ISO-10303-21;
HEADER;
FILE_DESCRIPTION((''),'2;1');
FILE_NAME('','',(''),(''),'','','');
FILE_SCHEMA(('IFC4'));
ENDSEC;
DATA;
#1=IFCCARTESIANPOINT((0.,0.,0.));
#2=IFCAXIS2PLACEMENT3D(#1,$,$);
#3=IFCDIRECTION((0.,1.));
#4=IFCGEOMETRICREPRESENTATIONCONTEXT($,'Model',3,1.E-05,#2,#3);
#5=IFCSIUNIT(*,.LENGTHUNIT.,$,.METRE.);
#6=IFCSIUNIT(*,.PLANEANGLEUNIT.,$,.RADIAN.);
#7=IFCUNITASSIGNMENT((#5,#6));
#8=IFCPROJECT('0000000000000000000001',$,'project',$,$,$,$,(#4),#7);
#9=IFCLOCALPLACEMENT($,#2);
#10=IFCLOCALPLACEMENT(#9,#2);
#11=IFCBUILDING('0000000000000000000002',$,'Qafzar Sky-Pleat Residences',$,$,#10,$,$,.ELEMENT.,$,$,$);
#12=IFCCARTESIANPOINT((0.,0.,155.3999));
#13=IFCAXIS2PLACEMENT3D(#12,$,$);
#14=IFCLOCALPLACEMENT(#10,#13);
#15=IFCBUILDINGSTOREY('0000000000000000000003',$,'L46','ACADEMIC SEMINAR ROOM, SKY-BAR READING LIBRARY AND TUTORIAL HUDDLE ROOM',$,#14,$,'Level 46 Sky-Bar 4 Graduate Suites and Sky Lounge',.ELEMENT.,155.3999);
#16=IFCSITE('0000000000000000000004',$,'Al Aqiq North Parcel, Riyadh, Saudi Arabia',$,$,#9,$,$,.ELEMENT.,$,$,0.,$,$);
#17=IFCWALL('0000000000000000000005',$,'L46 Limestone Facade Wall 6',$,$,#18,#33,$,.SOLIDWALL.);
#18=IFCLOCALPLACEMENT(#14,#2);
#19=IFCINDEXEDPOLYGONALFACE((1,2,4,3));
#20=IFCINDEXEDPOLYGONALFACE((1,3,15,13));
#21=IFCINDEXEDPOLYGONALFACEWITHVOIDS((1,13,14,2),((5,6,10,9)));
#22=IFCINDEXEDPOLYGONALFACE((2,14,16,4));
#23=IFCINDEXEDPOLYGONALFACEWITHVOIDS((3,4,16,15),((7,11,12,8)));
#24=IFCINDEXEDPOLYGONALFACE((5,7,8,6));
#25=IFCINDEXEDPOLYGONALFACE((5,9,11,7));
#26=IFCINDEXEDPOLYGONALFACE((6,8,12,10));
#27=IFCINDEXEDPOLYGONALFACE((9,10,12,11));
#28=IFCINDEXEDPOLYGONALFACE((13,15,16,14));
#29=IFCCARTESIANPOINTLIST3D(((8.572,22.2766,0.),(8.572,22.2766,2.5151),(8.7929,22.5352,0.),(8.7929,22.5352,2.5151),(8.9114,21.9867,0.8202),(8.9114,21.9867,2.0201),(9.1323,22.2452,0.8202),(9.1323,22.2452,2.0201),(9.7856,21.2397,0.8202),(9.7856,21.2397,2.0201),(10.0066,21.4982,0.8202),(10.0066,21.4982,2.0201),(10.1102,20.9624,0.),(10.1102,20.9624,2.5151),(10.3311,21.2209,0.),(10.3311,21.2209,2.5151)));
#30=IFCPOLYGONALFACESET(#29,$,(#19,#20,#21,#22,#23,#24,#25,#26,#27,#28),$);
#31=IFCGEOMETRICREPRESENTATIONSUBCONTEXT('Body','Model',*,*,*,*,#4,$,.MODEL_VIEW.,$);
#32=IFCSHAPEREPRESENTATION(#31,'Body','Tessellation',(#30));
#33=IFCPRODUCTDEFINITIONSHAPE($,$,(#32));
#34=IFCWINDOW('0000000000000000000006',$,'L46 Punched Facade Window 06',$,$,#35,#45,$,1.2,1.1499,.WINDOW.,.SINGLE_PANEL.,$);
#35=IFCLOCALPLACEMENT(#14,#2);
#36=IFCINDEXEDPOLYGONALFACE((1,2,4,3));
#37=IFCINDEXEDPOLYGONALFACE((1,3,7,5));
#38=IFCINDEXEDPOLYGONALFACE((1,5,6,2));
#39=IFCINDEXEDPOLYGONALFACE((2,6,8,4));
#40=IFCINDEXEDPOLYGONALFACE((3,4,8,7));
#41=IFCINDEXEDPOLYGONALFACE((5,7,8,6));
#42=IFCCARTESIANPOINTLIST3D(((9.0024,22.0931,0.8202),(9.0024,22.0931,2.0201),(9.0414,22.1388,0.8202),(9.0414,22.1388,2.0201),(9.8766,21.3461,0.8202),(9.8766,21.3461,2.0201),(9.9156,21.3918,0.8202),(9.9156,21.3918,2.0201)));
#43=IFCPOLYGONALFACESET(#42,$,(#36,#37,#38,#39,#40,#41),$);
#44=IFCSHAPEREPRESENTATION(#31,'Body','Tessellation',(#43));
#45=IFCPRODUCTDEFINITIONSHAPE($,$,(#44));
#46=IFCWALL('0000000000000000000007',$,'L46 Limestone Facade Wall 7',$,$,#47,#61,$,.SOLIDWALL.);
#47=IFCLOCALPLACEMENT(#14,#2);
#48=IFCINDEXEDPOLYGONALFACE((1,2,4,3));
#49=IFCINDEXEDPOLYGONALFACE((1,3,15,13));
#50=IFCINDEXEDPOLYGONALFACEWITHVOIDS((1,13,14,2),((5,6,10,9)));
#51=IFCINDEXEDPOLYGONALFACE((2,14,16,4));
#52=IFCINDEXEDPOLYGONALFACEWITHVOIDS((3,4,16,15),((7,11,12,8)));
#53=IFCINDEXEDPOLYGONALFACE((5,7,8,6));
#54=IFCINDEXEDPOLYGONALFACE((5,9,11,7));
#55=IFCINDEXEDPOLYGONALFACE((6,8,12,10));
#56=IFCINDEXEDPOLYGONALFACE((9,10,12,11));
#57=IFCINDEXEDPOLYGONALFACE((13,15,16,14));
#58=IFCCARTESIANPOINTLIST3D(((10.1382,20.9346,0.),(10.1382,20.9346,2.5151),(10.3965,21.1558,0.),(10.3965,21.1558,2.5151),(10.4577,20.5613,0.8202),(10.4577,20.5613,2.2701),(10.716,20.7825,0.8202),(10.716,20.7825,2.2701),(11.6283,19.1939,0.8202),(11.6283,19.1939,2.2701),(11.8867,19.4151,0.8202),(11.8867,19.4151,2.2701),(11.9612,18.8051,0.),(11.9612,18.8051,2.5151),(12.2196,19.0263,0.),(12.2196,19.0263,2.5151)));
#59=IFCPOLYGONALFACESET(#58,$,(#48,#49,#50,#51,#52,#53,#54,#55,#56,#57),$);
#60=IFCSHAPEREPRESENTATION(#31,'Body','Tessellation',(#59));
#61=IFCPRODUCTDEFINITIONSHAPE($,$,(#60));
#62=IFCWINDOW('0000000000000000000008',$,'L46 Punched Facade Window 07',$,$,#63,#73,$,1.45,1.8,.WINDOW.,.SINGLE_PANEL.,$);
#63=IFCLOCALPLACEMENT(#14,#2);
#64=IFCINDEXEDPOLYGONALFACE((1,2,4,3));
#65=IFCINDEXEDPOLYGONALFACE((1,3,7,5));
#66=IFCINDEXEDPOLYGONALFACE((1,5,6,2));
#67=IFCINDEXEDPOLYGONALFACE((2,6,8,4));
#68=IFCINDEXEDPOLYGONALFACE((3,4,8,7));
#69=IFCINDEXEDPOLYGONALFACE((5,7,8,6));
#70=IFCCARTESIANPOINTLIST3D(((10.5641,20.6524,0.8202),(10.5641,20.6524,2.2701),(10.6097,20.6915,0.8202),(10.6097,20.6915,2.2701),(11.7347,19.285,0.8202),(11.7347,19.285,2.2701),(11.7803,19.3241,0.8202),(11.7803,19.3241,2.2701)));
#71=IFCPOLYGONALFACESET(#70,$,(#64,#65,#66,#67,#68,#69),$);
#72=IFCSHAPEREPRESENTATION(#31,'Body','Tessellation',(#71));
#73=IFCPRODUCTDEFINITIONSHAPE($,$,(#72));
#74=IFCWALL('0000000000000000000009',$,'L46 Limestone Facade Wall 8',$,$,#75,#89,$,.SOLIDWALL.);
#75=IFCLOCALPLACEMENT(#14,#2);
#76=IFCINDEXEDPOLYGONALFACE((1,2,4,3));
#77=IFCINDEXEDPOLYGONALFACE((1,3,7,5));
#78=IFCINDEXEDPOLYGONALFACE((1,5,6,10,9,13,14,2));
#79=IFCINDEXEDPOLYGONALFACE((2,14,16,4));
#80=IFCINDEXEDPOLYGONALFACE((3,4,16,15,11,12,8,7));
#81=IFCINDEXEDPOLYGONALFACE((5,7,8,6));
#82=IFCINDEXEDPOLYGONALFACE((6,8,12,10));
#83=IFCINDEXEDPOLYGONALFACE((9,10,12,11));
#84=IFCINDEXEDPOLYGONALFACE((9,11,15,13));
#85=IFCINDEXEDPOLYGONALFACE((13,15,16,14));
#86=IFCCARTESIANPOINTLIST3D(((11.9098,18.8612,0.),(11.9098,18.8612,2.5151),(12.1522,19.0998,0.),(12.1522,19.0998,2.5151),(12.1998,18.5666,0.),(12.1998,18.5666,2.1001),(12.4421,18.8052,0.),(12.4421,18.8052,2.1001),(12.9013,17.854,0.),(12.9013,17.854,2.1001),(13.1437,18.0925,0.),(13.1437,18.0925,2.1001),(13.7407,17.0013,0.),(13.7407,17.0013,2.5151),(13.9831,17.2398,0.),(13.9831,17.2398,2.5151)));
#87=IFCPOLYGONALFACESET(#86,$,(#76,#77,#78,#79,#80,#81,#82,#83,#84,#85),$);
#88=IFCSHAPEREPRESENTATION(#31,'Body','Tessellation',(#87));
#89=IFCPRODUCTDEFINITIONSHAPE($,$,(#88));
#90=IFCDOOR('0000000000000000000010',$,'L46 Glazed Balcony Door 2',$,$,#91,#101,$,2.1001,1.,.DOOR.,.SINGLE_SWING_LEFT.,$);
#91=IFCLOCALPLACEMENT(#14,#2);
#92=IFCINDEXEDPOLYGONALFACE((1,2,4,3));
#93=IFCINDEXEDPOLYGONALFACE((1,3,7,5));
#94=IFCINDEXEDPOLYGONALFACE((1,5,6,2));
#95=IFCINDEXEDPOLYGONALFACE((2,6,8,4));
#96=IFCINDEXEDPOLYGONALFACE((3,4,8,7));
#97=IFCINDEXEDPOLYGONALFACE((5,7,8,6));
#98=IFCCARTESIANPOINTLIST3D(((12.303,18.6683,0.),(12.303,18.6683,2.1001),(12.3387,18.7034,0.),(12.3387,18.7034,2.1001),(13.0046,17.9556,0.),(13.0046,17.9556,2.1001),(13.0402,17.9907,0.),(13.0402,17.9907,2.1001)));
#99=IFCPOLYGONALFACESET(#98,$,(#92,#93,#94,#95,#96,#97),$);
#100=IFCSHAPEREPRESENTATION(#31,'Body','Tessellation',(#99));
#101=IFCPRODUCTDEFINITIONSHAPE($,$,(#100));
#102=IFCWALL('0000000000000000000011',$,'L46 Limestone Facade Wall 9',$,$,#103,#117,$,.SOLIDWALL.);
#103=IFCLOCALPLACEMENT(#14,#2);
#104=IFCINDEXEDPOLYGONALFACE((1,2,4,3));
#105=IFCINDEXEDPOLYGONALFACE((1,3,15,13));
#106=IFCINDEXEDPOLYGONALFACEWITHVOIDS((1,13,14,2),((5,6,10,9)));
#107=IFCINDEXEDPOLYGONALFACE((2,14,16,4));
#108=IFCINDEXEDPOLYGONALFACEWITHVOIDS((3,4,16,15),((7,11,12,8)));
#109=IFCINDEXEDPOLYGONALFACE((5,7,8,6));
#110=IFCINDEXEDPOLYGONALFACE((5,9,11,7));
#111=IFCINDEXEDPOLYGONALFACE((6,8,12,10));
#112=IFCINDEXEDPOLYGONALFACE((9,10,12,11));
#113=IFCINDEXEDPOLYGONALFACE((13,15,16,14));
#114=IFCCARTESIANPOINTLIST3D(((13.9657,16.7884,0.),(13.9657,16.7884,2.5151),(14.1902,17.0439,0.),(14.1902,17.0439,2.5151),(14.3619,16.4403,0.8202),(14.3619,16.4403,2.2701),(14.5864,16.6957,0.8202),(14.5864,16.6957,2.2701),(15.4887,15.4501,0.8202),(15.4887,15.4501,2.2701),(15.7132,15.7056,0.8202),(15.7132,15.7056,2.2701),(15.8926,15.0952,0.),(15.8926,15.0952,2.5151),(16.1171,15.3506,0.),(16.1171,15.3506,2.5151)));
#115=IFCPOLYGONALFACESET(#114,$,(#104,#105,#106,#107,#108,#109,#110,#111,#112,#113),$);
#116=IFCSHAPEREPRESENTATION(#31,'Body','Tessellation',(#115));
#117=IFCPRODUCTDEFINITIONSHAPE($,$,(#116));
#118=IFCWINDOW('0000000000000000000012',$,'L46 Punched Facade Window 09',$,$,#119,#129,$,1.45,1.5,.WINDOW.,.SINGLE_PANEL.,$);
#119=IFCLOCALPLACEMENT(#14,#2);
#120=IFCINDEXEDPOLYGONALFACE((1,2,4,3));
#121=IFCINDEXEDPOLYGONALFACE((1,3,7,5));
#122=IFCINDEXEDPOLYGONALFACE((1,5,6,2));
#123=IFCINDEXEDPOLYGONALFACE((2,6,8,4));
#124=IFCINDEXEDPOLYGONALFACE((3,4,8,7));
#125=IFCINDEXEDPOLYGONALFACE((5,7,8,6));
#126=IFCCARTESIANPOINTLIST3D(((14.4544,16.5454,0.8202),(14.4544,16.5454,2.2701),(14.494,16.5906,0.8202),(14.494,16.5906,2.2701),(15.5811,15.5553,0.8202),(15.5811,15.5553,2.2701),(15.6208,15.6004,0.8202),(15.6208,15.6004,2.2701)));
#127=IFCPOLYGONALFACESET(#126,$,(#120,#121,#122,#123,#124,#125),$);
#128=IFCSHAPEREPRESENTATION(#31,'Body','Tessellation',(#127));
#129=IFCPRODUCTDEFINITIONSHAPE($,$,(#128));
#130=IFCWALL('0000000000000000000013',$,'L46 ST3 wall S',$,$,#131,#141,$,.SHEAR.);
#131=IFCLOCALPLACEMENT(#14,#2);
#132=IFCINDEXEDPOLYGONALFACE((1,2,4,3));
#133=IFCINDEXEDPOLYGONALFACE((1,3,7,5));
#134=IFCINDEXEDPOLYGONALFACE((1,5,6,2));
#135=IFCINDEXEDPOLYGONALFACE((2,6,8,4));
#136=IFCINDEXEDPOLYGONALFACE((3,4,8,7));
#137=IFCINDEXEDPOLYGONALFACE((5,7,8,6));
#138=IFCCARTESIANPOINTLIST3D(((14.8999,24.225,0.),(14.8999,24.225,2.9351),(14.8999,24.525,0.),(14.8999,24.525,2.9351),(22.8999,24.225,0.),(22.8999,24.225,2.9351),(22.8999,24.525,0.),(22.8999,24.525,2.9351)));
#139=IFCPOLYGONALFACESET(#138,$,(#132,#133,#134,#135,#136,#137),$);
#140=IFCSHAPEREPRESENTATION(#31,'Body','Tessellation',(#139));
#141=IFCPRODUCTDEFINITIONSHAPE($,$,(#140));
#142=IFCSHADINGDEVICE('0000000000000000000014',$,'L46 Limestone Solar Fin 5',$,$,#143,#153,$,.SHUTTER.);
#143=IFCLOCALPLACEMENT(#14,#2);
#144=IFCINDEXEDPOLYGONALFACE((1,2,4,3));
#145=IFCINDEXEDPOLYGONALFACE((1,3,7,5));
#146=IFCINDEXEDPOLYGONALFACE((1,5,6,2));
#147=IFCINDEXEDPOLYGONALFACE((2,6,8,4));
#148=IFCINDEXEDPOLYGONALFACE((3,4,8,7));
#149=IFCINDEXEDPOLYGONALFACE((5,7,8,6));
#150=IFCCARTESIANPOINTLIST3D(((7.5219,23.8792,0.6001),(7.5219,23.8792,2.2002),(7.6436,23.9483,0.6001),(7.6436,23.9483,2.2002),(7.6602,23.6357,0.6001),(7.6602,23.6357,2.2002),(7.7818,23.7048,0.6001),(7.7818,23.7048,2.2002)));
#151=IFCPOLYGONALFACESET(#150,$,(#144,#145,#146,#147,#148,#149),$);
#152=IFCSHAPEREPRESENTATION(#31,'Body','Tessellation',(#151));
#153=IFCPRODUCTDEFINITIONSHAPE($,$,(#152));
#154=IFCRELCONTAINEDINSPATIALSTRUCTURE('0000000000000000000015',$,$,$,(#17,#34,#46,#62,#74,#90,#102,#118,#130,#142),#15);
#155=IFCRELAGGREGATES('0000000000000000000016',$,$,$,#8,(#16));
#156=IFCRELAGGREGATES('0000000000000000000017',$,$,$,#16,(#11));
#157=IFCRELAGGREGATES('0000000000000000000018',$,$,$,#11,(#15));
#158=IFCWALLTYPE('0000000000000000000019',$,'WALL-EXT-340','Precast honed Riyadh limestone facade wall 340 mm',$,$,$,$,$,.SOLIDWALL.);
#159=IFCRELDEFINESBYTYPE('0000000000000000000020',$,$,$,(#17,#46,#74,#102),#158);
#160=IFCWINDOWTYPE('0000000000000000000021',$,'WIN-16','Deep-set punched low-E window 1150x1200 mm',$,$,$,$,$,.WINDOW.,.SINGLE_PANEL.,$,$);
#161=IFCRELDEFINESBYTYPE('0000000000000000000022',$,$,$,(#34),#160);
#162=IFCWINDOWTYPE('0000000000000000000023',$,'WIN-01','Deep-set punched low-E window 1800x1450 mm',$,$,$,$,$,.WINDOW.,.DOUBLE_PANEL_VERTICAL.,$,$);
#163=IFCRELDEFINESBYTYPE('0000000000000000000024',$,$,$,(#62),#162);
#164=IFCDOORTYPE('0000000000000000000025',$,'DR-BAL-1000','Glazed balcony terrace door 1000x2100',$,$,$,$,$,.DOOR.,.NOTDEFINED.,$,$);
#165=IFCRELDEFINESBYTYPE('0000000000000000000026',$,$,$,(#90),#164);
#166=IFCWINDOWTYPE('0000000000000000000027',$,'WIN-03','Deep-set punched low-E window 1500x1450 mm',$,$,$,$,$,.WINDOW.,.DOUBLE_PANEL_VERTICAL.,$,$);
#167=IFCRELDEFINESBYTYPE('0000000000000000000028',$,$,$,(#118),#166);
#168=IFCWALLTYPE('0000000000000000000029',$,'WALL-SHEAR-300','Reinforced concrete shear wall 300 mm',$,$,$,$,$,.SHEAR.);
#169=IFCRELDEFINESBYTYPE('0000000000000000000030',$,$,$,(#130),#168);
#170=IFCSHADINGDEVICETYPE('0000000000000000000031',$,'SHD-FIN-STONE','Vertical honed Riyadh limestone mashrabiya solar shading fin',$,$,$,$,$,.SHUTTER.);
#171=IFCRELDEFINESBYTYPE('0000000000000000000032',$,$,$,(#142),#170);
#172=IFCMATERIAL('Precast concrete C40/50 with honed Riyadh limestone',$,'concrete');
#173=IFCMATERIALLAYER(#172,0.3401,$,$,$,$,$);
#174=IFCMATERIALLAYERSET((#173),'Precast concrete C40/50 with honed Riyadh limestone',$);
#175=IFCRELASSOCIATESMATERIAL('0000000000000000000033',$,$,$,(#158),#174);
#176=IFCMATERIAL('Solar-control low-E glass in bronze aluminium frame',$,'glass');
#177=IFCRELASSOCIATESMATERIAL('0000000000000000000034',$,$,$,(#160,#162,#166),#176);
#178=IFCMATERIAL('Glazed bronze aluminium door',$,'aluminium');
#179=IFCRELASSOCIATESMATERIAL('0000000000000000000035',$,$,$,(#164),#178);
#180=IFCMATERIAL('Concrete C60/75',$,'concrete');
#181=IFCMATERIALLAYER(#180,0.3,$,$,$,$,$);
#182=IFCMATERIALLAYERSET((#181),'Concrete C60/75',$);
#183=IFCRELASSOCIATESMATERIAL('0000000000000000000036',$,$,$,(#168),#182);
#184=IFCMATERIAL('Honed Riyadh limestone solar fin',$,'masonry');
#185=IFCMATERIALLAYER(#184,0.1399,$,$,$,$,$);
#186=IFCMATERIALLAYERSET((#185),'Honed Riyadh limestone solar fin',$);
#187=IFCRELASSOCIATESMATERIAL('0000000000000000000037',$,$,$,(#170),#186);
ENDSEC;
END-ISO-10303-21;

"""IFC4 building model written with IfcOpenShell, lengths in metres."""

from ifc_helpers import new_model, si_unit, direction, frame, frame_2d, origin, origin_2d, place, context, subcontext, project, spatial, rectangle, extrude, source, transform, mapped, material, layer, layer_set, type_object, element, fill, save


model = new_model("IFC4")

# Units and contexts
model_context = context("Model", 3, precision=1e-05, world=origin(), true_north=direction((0.0, 1.0)))
body_context = subcontext(model_context, "Body", "Model", "MODEL_VIEW")
ifc_project = project(units=[si_unit("LENGTHUNIT", "METRE"), si_unit("PLANEANGLEUNIT", "RADIAN")], contexts=[model_context])

# Site, building, storey
site_placement = place(None, origin())
site = spatial("IfcSite", under=ifc_project, at=site_placement, Name="Al Aqiq North Parcel, Riyadh, Saudi Arabia", CompositionType="ELEMENT", RefElevation=0.0)
building_placement = place(site_placement, origin())
building = spatial("IfcBuilding", under=site, at=building_placement, Name="Qafzar Sky-Pleat Residences", CompositionType="ELEMENT")
storey_placement = place(building_placement, frame((0.0, 0.0, 155.3999)))
storey = spatial("IfcBuildingStorey", under=building, at=storey_placement, Name="L46", Description="ACADEMIC SEMINAR ROOM, SKY-BAR READING LIBRARY AND TUTORIAL HUDDLE ROOM", LongName="Level 46 Sky-Bar 4 Graduate Suites and Sky Lounge", CompositionType="ELEMENT", Elevation=155.3999)

# Shared definitions
ifc_material_1 = material(Name="Concrete C60/75", Category="concrete")

# Walls, openings, windows
ifc_material_2 = material(Name="Precast concrete C40/50 with honed Riyadh limestone", Category="concrete")
ifc_layer_1 = layer(ifc_material_2, 0.3401)
ifc_layer_set_1 = layer_set([ifc_layer_1], Name="Precast concrete C40/50 with honed Riyadh limestone")
wall_type_1 = type_object("IfcWallType", Name="WALL-EXT-340", Description="Precast honed Riyadh limestone facade wall 340 mm", PredefinedType="SOLIDWALL", material=ifc_layer_set_1)
ifc_material_3 = material(Name="Solar-control low-E glass in bronze aluminium frame", Category="glass")
wall_1_placement = place(storey_placement, frame((8.6824, 22.406, 0.0), z_axis=(0.0, 0.0, 1.0), x_axis=(0.760269, -0.649608, 0.0)))
wall_1 = element("IfcWall", 1, at=wall_1_placement, inside=storey, type_object=wall_type_1, Name="L46 Limestone Facade Wall 6", PredefinedType="SOLIDWALL", context=body_context, shape_type="SweptSolid", body=[
    extrude(rectangle(XDim=2.0232, YDim=0.3401, at=frame_2d((1.0117, 0.0))), origin(), (0.0, 0.0, 1.0), 2.5151),
])
opening_1_placement = place(wall_1_placement, frame((0.4465, 0.0, 0.8201)))
opening_1 = element("IfcOpeningElement", 2, at=opening_1_placement, cuts=wall_1, PredefinedType="OPENING", context=body_context, shape_type="SweptSolid", body=[
    extrude(rectangle(XDim=1.1499, YDim=1.2, at=frame_2d((0.575, 0.6001))), frame((0.0, 0.1802, 0.0), z_axis=(0.0, -1.0, 0.0), x_axis=(1.0, 0.0, 0.0)), (0.0, 0.0, 1.0), 0.3601),
])
window_type_1 = type_object("IfcWindowType", Name="WIN-16", Description="Deep-set punched low-E window 1150x1200 mm", PartitioningType="SINGLE_PANEL", PredefinedType="WINDOW", material=ifc_material_3)
shared_shape_1 = source(origin(), body_context, "Body", "SweptSolid", [
    extrude(rectangle(XDim=1.1499, YDim=1.2, at=frame_2d((0.575, 0.6001))), frame((0.0, 0.03, 0.0), z_axis=(0.0, -1.0, 0.0), x_axis=(1.0, 0.0, 0.0)), (0.0, 0.0, 1.0), 0.0601),
])
window_1_placement = place(opening_1_placement, origin())
window_1 = element("IfcWindow", 3, at=window_1_placement, inside=storey, type_object=window_type_1, Name="L46 Punched Facade Window 06", OverallHeight=1.2, OverallWidth=1.1499, PartitioningType="SINGLE_PANEL", PredefinedType="WINDOW", context=body_context, shape_type="MappedRepresentation", body=[
    mapped(shared_shape_1, transform((0.0, 0.0, 0.0), x_axis=(1.0, 0.0, 0.0), y_axis=(0.0, 1.0, 0.0), z_axis=(0.0, 0.0, 1.0), scale=1.0)),
])
fill(opening_1, window_1)
wall_2_placement = place(storey_placement, frame((10.2673, 21.0452, 0.0), z_axis=(0.0, 0.0, 1.0), x_axis=(0.650339, -0.759644, 0.0)))
wall_2 = element("IfcWall", 4, at=wall_2_placement, inside=storey, type_object=wall_type_1, Name="L46 Limestone Facade Wall 7", PredefinedType="SOLIDWALL", context=body_context, shape_type="SweptSolid", body=[
    extrude(rectangle(XDim=2.8032, YDim=0.3401, at=frame_2d((1.4016, 0.0))), origin(), (0.0, 0.0, 1.0), 2.5151),
])
opening_2_placement = place(wall_2_placement, frame((0.4915, 0.0, 0.8201)))
opening_2 = element("IfcOpeningElement", 5, at=opening_2_placement, cuts=wall_2, PredefinedType="OPENING", context=body_context, shape_type="SweptSolid", body=[
    extrude(rectangle(XDim=1.8, YDim=1.45, at=frame_2d((0.8999, 0.7251))), frame((0.0, 0.1802, 0.0), z_axis=(0.0, -1.0, 0.0), x_axis=(1.0, 0.0, 0.0)), (0.0, 0.0, 1.0), 0.3601),
])
window_type_2 = type_object("IfcWindowType", Name="WIN-01", Description="Deep-set punched low-E window 1800x1450 mm", PartitioningType="DOUBLE_PANEL_VERTICAL", PredefinedType="WINDOW", material=ifc_material_3)
shared_shape_2 = source(origin(), body_context, "Body", "SweptSolid", [
    extrude(rectangle(XDim=1.8, YDim=1.45, at=frame_2d((0.8999, 0.7251))), frame((0.0, 0.03, 0.0), z_axis=(0.0, -1.0, 0.0), x_axis=(1.0, 0.0, 0.0)), (0.0, 0.0, 1.0), 0.0601),
])
window_2_placement = place(opening_2_placement, origin())
window_2 = element("IfcWindow", 6, at=window_2_placement, inside=storey, type_object=window_type_2, Name="L46 Punched Facade Window 07", OverallHeight=1.45, OverallWidth=1.8, PartitioningType="SINGLE_PANEL", PredefinedType="WINDOW", context=body_context, shape_type="MappedRepresentation", body=[
    mapped(shared_shape_2, transform((0.0, 0.0, 0.0), x_axis=(1.0, 0.0, 0.0), y_axis=(0.0, 1.0, 0.0), z_axis=(0.0, 0.0, 1.0), scale=1.0)),
])
fill(opening_2, window_2)

# Wall, opening, door
wall_3_placement = place(storey_placement, frame((12.031, 18.9805, 0.0), z_axis=(0.0, 0.0, 1.0), x_axis=(0.701519, -0.712651, 0.0)))
wall_3 = element("IfcWall", 7, at=wall_3_placement, inside=storey, type_object=wall_type_1, Name="L46 Limestone Facade Wall 8", PredefinedType="SOLIDWALL", context=body_context, shape_type="SweptSolid", body=[
    extrude(rectangle(XDim=2.6099, YDim=0.3401, at=frame_2d((1.3049, 0.0))), origin(), (0.0, 0.0, 1.0), 2.5151),
])
opening_3_placement = place(wall_3_placement, frame((0.4133, 0.0, 0.0)))
opening_3 = element("IfcOpeningElement", 8, at=opening_3_placement, cuts=wall_3, PredefinedType="OPENING", context=body_context, shape_type="SweptSolid", body=[
    extrude(rectangle(XDim=1.0, YDim=2.1001, at=frame_2d((0.5, 1.05))), frame((0.0, 0.1802, 0.0), z_axis=(0.0, -1.0, 0.0), x_axis=(1.0, 0.0, 0.0)), (0.0, 0.0, 1.0), 0.3601),
])
ifc_material_4 = material(Name="Glazed bronze aluminium door", Category="aluminium")
door_type = type_object("IfcDoorType", Name="DR-BAL-1000", Description="Glazed balcony terrace door 1000x2100", OperationType="NOTDEFINED", PredefinedType="DOOR", material=ifc_material_4)
shared_shape_3 = source(origin(), body_context, "Body", "SweptSolid", [
    extrude(rectangle(XDim=1.0, YDim=2.1001, at=frame_2d((0.5, 1.05))), frame((0.0, 0.0249, 0.0), z_axis=(0.0, -1.0, 0.0), x_axis=(1.0, 0.0, 0.0)), (0.0, 0.0, 1.0), 0.05),
])
door_placement = place(opening_3_placement, origin())
door = element("IfcDoor", 9, at=door_placement, inside=storey, type_object=door_type, Name="L46 Glazed Balcony Door 2", OperationType="SINGLE_SWING_LEFT", OverallHeight=2.1001, OverallWidth=1.0, PredefinedType="DOOR", context=body_context, shape_type="MappedRepresentation", body=[
    mapped(shared_shape_3, transform((0.0, 0.0, 0.0), x_axis=(1.0, 0.0, 0.0), y_axis=(0.0, 1.0, 0.0), z_axis=(0.0, 0.0, 1.0), scale=1.0)),
])
fill(opening_3, door)

# Wall, opening, window
wall_4_placement = place(storey_placement, frame((14.0779, 16.9163, 0.0), z_axis=(0.0, 0.0, 1.0), x_axis=(0.751178, -0.6601, 0.0)))
wall_4 = element("IfcWall", 10, at=wall_4_placement, inside=storey, type_object=wall_type_1, Name="L46 Limestone Facade Wall 9", PredefinedType="SOLIDWALL", context=body_context, shape_type="SweptSolid", body=[
    extrude(rectangle(XDim=2.5652, YDim=0.3401, at=frame_2d((1.2827, 0.0))), origin(), (0.0, 0.0, 1.0), 2.5151),
])
opening_4_placement = place(wall_4_placement, frame((0.5276, 0.0, 0.8201)))
opening_4 = element("IfcOpeningElement", 11, at=opening_4_placement, cuts=wall_4, PredefinedType="OPENING", context=body_context, shape_type="SweptSolid", body=[
    extrude(rectangle(XDim=1.5, YDim=1.45, at=frame_2d((0.75, 0.7251))), frame((0.0, 0.1802, 0.0), z_axis=(0.0, -1.0, 0.0), x_axis=(1.0, 0.0, 0.0)), (0.0, 0.0, 1.0), 0.3601),
])
window_type_3 = type_object("IfcWindowType", Name="WIN-03", Description="Deep-set punched low-E window 1500x1450 mm", PartitioningType="DOUBLE_PANEL_VERTICAL", PredefinedType="WINDOW", material=ifc_material_3)
shared_shape_4 = source(origin(), body_context, "Body", "SweptSolid", [
    extrude(rectangle(XDim=1.5, YDim=1.45, at=frame_2d((0.75, 0.7251))), frame((0.0, 0.03, 0.0), z_axis=(0.0, -1.0, 0.0), x_axis=(1.0, 0.0, 0.0)), (0.0, 0.0, 1.0), 0.0601),
])
window_3_placement = place(opening_4_placement, origin())
window_3 = element("IfcWindow", 12, at=window_3_placement, inside=storey, type_object=window_type_3, Name="L46 Punched Facade Window 09", OverallHeight=1.45, OverallWidth=1.5, PartitioningType="SINGLE_PANEL", PredefinedType="WINDOW", context=body_context, shape_type="MappedRepresentation", body=[
    mapped(shared_shape_4, transform((0.0, 0.0, 0.0), x_axis=(1.0, 0.0, 0.0), y_axis=(0.0, 1.0, 0.0), z_axis=(0.0, 0.0, 1.0), scale=1.0)),
])
fill(opening_4, window_3)

# Wall
ifc_layer_2 = layer(ifc_material_1, 0.3)
ifc_layer_set_2 = layer_set([ifc_layer_2], Name="Concrete C60/75")
wall_type_2 = type_object("IfcWallType", Name="WALL-SHEAR-300", Description="Reinforced concrete shear wall 300 mm", PredefinedType="SHEAR", material=ifc_layer_set_2)
wall_5_placement = place(storey_placement, frame((14.8999, 24.375, 0.0), z_axis=(0.0, 0.0, 1.0), x_axis=(1.0, 0.0, 0.0)))
element("IfcWall", 13, at=wall_5_placement, inside=storey, type_object=wall_type_2, Name="L46 ST3 wall S", PredefinedType="SHEAR", context=body_context, shape_type="SweptSolid", body=[
    extrude(rectangle(XDim=8.0, YDim=0.3, at=frame_2d((4.0, 0.0))), origin(), (0.0, 0.0, 1.0), 2.9351),
])

# Shading device
ifc_material_5 = material(Name="Honed Riyadh limestone solar fin", Category="masonry")
ifc_layer_3 = layer(ifc_material_5, 0.1399)
ifc_layer_set_3 = layer_set([ifc_layer_3], Name="Honed Riyadh limestone solar fin")
shading_device_type = type_object("IfcShadingDeviceType", Name="SHD-FIN-STONE", Description="Vertical honed Riyadh limestone mashrabiya solar shading fin", PredefinedType="SHUTTER", material=ifc_layer_set_3)
shared_shape_5 = source(origin(), body_context, "Body", "SweptSolid", [
    extrude(rectangle(XDim=0.1399, YDim=0.28, at=origin_2d()), origin(), (0.0, 0.0, 1.0), 1.6001),
])
for number, where, z_axis, x_axis, name in (
    (14, (7.6519, 23.792, 0.6001), (0.0, 0.0, 1.0), (-0.869615, -0.493731, 0.0), "L46 Limestone Solar Fin 5"),
):
    element("IfcShadingDevice", number, at=place(storey_placement, frame(where, z_axis=z_axis, x_axis=x_axis)), inside=storey, type_object=shading_device_type, Name=name, PredefinedType="SHUTTER", context=body_context, shape_type="MappedRepresentation", body=[
        mapped(shared_shape_5, transform((0.0, 0.0, 0.0), x_axis=(1.0, 0.0, 0.0), y_axis=(0.0, 1.0, 0.0), z_axis=(0.0, 0.0, 1.0), scale=1.0)),
    ])

save(model, "model.ifc")
